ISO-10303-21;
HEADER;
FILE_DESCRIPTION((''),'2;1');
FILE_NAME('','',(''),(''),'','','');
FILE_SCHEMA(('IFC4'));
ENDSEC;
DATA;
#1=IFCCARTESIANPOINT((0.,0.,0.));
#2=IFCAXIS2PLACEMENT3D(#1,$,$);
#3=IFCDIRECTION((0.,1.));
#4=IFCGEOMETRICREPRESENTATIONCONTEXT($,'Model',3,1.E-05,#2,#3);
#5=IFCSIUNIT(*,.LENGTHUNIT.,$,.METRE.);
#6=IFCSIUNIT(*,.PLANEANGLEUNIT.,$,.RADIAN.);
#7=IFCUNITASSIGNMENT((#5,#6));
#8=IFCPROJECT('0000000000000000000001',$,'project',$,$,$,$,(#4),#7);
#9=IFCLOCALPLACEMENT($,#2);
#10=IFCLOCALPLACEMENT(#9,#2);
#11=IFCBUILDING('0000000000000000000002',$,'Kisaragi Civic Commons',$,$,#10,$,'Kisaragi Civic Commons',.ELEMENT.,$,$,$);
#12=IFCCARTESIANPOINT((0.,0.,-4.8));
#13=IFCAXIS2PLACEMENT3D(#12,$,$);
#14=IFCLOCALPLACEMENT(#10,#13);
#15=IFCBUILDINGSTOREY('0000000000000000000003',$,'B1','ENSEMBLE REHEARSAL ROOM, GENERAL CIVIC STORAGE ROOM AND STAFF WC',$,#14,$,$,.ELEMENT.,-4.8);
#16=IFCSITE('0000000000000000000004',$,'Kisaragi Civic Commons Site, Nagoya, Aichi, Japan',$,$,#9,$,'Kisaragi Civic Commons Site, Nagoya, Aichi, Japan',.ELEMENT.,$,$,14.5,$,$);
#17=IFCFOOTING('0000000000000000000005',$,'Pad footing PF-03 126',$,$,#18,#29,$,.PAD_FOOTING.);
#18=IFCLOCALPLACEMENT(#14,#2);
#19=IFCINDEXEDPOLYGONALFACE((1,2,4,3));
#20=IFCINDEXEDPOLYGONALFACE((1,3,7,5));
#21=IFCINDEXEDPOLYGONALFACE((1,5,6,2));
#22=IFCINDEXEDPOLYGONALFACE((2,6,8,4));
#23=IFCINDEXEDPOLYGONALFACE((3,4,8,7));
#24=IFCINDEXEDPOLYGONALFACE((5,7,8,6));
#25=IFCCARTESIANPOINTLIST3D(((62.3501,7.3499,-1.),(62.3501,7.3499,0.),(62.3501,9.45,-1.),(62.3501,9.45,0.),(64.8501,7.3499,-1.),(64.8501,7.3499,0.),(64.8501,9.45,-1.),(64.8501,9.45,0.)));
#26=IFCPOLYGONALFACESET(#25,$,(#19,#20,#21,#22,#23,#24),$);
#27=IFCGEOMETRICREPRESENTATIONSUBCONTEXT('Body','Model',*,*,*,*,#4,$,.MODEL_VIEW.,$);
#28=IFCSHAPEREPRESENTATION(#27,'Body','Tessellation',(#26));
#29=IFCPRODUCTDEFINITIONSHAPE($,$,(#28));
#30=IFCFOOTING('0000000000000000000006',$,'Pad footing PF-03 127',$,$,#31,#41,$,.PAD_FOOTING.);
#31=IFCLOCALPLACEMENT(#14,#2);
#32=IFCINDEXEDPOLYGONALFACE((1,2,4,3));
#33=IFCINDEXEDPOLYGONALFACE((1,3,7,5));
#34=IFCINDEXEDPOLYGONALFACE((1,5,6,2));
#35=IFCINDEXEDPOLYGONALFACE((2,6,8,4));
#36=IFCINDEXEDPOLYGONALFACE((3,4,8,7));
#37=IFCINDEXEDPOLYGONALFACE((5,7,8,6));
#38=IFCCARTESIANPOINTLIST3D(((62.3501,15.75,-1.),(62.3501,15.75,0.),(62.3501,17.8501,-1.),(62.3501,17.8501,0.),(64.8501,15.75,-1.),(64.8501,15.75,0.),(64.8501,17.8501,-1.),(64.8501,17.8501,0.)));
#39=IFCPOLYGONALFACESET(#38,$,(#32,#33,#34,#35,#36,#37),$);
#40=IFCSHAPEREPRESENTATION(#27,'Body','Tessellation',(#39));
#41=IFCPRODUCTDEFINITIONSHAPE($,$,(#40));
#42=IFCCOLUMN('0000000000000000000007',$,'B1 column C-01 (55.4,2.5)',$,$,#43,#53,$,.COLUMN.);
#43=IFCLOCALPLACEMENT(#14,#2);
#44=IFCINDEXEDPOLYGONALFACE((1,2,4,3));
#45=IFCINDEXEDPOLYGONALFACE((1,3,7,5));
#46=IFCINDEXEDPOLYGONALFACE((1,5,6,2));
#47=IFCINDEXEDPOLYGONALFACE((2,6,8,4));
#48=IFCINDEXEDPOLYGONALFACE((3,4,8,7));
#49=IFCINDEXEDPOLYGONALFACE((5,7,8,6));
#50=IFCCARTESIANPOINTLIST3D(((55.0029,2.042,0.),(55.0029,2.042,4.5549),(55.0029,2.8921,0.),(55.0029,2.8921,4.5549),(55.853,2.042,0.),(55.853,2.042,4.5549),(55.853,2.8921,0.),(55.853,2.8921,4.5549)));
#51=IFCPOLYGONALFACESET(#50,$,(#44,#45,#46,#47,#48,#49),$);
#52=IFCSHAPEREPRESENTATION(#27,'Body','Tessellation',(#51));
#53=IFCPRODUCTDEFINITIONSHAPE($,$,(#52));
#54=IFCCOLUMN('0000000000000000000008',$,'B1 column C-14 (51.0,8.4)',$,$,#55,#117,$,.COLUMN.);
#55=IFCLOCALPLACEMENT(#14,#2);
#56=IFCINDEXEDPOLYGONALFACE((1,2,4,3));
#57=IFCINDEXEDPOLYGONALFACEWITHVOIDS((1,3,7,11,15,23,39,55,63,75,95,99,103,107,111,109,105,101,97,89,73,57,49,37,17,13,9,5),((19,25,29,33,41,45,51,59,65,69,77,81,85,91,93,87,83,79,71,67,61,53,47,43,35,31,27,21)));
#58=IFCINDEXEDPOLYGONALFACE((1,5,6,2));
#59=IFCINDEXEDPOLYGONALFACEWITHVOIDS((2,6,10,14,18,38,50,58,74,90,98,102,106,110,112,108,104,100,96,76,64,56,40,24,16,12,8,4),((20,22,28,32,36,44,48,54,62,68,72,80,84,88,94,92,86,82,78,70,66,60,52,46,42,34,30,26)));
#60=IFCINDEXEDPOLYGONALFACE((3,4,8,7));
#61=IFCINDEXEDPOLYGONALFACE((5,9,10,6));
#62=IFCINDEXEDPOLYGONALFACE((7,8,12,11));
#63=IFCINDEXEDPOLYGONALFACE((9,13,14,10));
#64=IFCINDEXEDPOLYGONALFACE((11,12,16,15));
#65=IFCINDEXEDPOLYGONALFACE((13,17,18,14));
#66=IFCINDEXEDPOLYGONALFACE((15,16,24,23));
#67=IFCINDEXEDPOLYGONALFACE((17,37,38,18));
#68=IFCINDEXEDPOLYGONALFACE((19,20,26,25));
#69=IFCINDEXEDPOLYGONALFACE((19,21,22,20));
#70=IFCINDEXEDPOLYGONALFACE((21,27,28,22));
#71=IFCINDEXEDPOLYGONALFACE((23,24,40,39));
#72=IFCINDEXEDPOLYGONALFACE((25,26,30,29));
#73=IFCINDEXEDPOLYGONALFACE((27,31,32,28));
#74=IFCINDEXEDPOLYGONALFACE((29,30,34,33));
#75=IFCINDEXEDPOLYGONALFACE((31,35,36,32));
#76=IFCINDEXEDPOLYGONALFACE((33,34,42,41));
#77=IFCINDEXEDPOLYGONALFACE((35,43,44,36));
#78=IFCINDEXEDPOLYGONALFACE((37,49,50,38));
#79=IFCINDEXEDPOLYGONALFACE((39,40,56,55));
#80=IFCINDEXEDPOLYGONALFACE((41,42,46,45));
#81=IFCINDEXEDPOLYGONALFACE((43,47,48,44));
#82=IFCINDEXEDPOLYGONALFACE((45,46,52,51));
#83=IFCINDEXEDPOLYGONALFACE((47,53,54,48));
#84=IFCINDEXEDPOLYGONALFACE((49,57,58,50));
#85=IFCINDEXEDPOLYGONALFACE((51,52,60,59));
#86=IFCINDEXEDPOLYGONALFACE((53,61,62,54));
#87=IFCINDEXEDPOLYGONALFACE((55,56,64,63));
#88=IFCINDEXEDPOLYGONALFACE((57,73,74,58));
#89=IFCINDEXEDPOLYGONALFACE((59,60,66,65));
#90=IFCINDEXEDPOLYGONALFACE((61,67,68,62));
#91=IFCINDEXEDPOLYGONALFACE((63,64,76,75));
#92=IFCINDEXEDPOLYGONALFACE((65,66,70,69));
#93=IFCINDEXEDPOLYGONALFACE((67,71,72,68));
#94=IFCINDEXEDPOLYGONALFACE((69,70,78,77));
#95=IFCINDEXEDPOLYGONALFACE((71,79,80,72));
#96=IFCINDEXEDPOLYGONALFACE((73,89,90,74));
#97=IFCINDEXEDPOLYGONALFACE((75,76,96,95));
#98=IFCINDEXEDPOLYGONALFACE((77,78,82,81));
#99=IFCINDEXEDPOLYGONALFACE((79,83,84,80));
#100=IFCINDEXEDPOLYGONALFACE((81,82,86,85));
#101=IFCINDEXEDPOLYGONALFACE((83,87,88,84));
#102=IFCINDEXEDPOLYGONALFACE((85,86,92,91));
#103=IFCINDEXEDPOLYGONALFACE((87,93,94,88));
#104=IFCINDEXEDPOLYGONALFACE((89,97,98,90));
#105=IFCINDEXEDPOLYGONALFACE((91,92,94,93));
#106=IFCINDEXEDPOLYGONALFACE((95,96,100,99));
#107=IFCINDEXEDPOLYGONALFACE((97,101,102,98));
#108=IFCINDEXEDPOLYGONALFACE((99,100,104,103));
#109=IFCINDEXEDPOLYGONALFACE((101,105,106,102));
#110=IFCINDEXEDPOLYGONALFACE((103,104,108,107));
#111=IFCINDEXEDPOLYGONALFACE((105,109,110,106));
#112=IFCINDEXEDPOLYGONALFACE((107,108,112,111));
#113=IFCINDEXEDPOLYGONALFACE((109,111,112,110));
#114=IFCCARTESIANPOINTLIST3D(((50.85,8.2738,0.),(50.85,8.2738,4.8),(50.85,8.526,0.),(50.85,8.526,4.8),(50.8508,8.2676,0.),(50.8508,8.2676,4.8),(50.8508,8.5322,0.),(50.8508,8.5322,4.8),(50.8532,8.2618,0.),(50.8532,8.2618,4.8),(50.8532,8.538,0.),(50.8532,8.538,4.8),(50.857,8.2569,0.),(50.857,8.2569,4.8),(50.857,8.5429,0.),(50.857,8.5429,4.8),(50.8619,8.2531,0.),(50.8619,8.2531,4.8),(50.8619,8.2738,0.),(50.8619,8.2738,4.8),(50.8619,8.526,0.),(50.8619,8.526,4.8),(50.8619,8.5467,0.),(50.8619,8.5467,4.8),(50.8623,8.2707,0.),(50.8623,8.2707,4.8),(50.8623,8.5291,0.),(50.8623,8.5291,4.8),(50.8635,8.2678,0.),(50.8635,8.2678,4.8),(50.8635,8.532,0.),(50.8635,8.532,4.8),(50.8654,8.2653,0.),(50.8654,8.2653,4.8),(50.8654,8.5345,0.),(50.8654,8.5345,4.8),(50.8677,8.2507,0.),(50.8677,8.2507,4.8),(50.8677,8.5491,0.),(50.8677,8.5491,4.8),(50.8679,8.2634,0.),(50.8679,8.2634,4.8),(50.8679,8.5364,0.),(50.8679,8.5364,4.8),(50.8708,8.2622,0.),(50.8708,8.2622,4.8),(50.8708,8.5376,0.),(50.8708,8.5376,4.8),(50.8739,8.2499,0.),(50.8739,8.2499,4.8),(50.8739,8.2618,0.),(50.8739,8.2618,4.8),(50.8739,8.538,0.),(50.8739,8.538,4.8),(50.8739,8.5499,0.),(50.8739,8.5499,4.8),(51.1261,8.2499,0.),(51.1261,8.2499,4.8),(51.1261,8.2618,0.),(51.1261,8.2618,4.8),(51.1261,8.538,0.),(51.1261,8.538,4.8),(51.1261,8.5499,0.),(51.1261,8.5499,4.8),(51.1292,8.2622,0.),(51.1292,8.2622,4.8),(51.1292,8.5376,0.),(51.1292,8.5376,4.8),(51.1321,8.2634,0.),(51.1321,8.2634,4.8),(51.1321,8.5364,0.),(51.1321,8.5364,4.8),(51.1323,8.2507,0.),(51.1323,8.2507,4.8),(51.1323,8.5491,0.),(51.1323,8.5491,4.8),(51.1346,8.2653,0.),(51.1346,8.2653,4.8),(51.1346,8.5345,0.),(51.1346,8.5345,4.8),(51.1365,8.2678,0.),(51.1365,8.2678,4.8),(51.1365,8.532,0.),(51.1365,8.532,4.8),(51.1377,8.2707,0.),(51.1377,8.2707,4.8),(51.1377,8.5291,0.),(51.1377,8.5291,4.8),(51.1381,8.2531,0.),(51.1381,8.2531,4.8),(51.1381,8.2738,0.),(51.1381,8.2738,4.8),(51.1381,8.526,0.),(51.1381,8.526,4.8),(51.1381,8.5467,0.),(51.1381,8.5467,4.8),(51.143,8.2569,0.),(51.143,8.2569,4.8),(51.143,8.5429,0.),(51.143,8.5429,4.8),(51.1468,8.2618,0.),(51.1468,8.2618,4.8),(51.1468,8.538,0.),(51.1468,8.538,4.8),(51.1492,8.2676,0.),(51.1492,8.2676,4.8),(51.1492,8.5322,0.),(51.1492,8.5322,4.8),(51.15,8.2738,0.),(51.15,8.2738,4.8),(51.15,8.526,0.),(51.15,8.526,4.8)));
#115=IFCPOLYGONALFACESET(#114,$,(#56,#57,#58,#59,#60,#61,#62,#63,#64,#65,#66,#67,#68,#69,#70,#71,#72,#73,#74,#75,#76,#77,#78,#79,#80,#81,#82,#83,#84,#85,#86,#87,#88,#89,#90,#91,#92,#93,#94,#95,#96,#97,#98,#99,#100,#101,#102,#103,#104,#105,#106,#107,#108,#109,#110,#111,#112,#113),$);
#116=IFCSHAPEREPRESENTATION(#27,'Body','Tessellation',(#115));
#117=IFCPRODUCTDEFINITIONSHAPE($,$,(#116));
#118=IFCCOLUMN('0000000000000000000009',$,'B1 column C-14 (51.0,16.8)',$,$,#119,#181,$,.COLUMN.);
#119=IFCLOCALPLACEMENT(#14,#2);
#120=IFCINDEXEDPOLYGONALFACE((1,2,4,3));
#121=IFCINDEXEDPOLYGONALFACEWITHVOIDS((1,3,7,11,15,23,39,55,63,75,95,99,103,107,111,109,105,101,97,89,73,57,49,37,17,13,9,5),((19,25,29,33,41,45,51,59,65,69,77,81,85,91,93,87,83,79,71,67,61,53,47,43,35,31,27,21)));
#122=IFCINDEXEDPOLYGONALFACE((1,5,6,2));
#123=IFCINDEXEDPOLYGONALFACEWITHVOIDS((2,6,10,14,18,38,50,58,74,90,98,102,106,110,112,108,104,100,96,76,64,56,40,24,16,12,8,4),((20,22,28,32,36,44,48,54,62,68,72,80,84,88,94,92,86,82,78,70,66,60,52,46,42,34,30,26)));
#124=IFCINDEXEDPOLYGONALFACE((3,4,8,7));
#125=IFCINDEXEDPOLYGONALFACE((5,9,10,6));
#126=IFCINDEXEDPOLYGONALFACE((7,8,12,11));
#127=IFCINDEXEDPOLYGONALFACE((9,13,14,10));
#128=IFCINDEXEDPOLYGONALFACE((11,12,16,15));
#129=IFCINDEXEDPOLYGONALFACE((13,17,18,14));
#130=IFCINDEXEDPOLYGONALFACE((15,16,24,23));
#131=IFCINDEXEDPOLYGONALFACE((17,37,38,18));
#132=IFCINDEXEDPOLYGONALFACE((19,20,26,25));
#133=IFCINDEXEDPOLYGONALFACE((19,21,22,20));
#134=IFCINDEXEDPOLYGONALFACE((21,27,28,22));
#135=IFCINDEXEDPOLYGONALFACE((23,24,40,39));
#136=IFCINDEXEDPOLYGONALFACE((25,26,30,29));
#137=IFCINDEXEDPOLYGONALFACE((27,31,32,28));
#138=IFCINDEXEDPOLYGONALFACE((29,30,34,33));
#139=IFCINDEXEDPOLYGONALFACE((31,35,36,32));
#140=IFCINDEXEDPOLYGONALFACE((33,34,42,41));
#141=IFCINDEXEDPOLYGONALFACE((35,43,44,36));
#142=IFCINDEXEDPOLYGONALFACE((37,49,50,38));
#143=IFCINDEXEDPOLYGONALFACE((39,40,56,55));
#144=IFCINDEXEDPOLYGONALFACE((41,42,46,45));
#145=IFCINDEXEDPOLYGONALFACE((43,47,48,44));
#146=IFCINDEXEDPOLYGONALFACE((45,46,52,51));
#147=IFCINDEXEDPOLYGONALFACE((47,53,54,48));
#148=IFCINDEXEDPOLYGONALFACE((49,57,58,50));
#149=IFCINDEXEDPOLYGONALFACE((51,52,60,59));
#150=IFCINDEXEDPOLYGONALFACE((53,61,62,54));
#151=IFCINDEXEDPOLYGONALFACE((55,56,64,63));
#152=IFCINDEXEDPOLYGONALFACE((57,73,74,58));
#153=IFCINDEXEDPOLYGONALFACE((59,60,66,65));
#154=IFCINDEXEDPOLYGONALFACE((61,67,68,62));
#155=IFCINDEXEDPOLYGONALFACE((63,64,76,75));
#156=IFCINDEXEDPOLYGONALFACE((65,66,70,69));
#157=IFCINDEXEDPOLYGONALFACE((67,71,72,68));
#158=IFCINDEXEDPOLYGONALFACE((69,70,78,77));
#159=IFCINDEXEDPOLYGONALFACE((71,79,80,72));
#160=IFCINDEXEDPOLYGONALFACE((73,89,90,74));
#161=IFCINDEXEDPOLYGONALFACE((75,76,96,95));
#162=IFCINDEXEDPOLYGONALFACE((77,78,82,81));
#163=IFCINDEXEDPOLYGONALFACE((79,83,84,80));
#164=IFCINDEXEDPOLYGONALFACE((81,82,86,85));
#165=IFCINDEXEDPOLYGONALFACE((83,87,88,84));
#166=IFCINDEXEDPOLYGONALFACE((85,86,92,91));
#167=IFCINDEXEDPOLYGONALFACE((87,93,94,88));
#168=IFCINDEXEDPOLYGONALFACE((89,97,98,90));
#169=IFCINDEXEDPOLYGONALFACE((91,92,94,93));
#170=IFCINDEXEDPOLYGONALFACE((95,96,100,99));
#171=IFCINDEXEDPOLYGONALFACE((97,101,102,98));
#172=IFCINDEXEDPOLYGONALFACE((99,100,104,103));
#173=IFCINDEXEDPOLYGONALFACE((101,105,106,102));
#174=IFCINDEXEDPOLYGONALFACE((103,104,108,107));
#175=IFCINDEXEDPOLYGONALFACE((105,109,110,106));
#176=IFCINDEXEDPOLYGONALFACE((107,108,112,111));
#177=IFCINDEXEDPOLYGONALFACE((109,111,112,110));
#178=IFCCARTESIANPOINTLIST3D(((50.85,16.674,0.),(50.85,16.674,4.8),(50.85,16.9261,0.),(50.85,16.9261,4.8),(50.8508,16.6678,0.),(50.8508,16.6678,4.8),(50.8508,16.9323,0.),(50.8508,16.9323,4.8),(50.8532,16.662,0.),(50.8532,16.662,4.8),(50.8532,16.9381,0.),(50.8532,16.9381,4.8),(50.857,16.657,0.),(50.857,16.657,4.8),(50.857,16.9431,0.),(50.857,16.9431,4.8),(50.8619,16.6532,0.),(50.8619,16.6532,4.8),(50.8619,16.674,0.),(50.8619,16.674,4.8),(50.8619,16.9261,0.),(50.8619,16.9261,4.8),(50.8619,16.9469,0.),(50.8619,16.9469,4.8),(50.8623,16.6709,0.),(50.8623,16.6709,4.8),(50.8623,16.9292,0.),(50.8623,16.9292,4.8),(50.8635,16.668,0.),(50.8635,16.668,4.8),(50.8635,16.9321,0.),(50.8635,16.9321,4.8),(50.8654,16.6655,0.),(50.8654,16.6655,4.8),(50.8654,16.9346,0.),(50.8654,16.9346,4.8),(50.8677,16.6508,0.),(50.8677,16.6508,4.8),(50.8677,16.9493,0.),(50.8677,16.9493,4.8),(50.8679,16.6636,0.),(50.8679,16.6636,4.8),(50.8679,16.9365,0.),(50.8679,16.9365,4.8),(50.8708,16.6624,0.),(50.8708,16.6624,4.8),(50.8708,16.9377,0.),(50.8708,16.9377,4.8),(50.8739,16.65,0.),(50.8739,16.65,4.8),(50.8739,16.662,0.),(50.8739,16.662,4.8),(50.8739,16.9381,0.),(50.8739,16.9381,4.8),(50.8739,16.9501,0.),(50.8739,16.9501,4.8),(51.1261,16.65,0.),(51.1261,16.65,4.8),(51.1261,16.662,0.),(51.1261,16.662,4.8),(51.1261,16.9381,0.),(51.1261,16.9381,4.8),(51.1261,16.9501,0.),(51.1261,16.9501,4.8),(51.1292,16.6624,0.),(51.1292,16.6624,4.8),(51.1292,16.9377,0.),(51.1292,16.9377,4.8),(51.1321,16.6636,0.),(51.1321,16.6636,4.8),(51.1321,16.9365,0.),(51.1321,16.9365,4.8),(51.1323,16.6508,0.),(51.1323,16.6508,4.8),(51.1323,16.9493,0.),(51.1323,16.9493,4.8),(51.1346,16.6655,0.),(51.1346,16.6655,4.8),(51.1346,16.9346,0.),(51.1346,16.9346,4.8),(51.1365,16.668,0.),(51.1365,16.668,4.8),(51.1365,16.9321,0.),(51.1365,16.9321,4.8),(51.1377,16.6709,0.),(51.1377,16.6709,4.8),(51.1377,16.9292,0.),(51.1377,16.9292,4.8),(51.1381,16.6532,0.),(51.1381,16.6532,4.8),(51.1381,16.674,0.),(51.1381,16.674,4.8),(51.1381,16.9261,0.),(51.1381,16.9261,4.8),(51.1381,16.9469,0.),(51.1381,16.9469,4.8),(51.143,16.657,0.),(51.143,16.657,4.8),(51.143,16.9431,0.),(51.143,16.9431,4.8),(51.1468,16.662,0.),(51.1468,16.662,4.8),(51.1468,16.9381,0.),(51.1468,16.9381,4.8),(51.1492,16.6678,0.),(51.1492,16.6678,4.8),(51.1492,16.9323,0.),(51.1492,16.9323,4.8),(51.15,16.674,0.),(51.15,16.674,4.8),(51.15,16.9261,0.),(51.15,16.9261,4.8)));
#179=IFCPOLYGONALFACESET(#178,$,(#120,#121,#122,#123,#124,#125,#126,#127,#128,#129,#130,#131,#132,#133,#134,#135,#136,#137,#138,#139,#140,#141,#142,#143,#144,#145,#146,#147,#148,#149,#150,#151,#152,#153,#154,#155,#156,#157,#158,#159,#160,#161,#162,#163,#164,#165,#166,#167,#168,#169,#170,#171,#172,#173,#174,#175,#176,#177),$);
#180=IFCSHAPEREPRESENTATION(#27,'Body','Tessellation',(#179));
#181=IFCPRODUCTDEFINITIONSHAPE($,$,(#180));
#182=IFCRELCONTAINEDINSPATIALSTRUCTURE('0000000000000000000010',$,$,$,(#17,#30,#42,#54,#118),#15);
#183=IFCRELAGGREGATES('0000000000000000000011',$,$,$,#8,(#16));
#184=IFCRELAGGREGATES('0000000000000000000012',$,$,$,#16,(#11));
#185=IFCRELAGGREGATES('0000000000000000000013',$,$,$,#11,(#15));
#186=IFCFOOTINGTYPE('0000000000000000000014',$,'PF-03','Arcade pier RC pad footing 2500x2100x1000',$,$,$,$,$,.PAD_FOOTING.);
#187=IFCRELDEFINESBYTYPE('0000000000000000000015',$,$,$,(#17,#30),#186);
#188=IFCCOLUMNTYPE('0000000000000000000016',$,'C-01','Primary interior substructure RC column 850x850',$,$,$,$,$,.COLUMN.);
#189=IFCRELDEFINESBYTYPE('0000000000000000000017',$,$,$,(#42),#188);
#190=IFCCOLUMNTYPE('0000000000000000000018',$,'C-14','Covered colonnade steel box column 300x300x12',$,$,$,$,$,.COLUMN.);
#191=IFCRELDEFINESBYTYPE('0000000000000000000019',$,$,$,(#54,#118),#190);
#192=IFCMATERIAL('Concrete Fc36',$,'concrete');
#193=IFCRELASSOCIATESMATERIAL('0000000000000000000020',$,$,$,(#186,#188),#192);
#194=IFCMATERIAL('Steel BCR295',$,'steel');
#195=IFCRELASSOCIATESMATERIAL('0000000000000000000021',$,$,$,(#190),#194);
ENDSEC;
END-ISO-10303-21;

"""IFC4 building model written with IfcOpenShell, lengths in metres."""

from ifc_helpers import new_model, si_unit, direction, frame, origin, origin_2d, place, context, subcontext, project, spatial, rectangle, hollow_rectangle, extrude, material, material_profile, profile_set, type_object, element, save


model = new_model("IFC4")

# Units and contexts
model_context = context("Model", 3, precision=1e-05, world=origin(), true_north=direction((0.0, 1.0)))
body_context = subcontext(model_context, "Body", "Model", "MODEL_VIEW")
ifc_project = project(units=[si_unit("LENGTHUNIT", "METRE"), si_unit("PLANEANGLEUNIT", "RADIAN")], contexts=[model_context])

# Site, building, storey
site_placement = place(None, origin())
site = spatial("IfcSite", under=ifc_project, at=site_placement, Name="Kisaragi Civic Commons Site, Nagoya, Aichi, Japan", LongName="Kisaragi Civic Commons Site, Nagoya, Aichi, Japan", CompositionType="ELEMENT", RefElevation=14.5)
building_placement = place(site_placement, origin())
building = spatial("IfcBuilding", under=site, at=building_placement, Name="Kisaragi Civic Commons", LongName="Kisaragi Civic Commons", CompositionType="ELEMENT")
storey_placement = place(building_placement, frame((0.0, 0.0, -4.8)))
storey = spatial("IfcBuildingStorey", under=building, at=storey_placement, Name="B1", Description="ENSEMBLE REHEARSAL ROOM, GENERAL CIVIC STORAGE ROOM AND STAFF WC", CompositionType="ELEMENT", Elevation=-4.8)

# Footings
ifc_material_1 = material(Name="Concrete Fc36", Category="concrete")
footing_type_1 = type_object("IfcFootingType", Name="PF-03", Description="Arcade pier RC pad footing 2500x2100x1000", PredefinedType="PAD_FOOTING", material=ifc_material_1)
for number, where, z_axis, x_axis, name in (
    (1, (63.6001, 8.3999, -1.0), (0.0, 0.0, 1.0), (1.0, 0.0, 0.0), "Pad footing PF-03 126"),
    (2, (63.6001, 16.8, -1.0), (0.0, 0.0, 1.0), (1.0, 0.0, 0.0), "Pad footing PF-03 127"),
):
    element("IfcFooting", number, at=place(storey_placement, frame(where, z_axis=z_axis, x_axis=x_axis)), inside=storey, type_object=footing_type_1, Name=name, PredefinedType="PAD_FOOTING", context=body_context, shape_type="SweptSolid", body=[
        extrude(rectangle(XDim=2.5, YDim=2.1001, at=origin_2d()), origin(), (0.0, 0.0, 1.0), 1.0),
    ])

# Columns
ifc_material_profile_1 = material_profile(ifc_material_1, rectangle(XDim=0.8501, YDim=0.8501, at=origin_2d()), Name="RC-850x850", Category="concrete")
ifc_profile_set_1 = profile_set([ifc_material_profile_1], Name="Concrete Fc36")
column_type_1 = type_object("IfcColumnType", Name="C-01", Description="Primary interior substructure RC column 850x850", PredefinedType="COLUMN", material=ifc_profile_set_1)
column_placement = place(storey_placement, frame((55.428, 2.467, 0.0), z_axis=(0.0, 0.0, 1.0), x_axis=(1.0, 0.0, 0.0)))
element("IfcColumn", 3, at=column_placement, inside=storey, type_object=column_type_1, Name="B1 column C-01 (55.4,2.5)", PredefinedType="COLUMN", context=body_context, shape_type="SweptSolid", body=[
    extrude(rectangle(XDim=0.8501, YDim=0.8501, at=origin_2d()), origin(), (0.0, 0.0, 1.0), 4.5549),
])
ifc_material_2 = material(Name="Steel BCR295", Category="steel")
ifc_material_profile_2 = material_profile(ifc_material_2, hollow_rectangle(XDim=0.3, YDim=0.3, WallThickness=0.012, InnerFilletRadius=0.012, OuterFilletRadius=0.0239, at=origin_2d()), Name="BCR-300x300x12", Category="steel")
ifc_profile_set_2 = profile_set([ifc_material_profile_2], Name="Steel BCR295")
column_type_2 = type_object("IfcColumnType", Name="C-14", Description="Covered colonnade steel box column 300x300x12", PredefinedType="COLUMN", material=ifc_profile_set_2)
for number, where, z_axis, x_axis, name in (
    (4, (51.0, 8.3999, 0.0), (0.0, 0.0, 1.0), (1.0, 0.0, 0.0), "B1 column C-14 (51.0,8.4)"),
    (5, (51.0, 16.8, 0.0), (0.0, 0.0, 1.0), (1.0, 0.0, 0.0), "B1 column C-14 (51.0,16.8)"),
):
    element("IfcColumn", number, at=place(storey_placement, frame(where, z_axis=z_axis, x_axis=x_axis)), inside=storey, type_object=column_type_2, Name=name, PredefinedType="COLUMN", context=body_context, shape_type="SweptSolid", body=[
        extrude(hollow_rectangle(XDim=0.3, YDim=0.3, WallThickness=0.012, InnerFilletRadius=0.012, OuterFilletRadius=0.0239, at=origin_2d()), origin(), (0.0, 0.0, 1.0), 4.8),
    ])

save(model, "model.ifc")
